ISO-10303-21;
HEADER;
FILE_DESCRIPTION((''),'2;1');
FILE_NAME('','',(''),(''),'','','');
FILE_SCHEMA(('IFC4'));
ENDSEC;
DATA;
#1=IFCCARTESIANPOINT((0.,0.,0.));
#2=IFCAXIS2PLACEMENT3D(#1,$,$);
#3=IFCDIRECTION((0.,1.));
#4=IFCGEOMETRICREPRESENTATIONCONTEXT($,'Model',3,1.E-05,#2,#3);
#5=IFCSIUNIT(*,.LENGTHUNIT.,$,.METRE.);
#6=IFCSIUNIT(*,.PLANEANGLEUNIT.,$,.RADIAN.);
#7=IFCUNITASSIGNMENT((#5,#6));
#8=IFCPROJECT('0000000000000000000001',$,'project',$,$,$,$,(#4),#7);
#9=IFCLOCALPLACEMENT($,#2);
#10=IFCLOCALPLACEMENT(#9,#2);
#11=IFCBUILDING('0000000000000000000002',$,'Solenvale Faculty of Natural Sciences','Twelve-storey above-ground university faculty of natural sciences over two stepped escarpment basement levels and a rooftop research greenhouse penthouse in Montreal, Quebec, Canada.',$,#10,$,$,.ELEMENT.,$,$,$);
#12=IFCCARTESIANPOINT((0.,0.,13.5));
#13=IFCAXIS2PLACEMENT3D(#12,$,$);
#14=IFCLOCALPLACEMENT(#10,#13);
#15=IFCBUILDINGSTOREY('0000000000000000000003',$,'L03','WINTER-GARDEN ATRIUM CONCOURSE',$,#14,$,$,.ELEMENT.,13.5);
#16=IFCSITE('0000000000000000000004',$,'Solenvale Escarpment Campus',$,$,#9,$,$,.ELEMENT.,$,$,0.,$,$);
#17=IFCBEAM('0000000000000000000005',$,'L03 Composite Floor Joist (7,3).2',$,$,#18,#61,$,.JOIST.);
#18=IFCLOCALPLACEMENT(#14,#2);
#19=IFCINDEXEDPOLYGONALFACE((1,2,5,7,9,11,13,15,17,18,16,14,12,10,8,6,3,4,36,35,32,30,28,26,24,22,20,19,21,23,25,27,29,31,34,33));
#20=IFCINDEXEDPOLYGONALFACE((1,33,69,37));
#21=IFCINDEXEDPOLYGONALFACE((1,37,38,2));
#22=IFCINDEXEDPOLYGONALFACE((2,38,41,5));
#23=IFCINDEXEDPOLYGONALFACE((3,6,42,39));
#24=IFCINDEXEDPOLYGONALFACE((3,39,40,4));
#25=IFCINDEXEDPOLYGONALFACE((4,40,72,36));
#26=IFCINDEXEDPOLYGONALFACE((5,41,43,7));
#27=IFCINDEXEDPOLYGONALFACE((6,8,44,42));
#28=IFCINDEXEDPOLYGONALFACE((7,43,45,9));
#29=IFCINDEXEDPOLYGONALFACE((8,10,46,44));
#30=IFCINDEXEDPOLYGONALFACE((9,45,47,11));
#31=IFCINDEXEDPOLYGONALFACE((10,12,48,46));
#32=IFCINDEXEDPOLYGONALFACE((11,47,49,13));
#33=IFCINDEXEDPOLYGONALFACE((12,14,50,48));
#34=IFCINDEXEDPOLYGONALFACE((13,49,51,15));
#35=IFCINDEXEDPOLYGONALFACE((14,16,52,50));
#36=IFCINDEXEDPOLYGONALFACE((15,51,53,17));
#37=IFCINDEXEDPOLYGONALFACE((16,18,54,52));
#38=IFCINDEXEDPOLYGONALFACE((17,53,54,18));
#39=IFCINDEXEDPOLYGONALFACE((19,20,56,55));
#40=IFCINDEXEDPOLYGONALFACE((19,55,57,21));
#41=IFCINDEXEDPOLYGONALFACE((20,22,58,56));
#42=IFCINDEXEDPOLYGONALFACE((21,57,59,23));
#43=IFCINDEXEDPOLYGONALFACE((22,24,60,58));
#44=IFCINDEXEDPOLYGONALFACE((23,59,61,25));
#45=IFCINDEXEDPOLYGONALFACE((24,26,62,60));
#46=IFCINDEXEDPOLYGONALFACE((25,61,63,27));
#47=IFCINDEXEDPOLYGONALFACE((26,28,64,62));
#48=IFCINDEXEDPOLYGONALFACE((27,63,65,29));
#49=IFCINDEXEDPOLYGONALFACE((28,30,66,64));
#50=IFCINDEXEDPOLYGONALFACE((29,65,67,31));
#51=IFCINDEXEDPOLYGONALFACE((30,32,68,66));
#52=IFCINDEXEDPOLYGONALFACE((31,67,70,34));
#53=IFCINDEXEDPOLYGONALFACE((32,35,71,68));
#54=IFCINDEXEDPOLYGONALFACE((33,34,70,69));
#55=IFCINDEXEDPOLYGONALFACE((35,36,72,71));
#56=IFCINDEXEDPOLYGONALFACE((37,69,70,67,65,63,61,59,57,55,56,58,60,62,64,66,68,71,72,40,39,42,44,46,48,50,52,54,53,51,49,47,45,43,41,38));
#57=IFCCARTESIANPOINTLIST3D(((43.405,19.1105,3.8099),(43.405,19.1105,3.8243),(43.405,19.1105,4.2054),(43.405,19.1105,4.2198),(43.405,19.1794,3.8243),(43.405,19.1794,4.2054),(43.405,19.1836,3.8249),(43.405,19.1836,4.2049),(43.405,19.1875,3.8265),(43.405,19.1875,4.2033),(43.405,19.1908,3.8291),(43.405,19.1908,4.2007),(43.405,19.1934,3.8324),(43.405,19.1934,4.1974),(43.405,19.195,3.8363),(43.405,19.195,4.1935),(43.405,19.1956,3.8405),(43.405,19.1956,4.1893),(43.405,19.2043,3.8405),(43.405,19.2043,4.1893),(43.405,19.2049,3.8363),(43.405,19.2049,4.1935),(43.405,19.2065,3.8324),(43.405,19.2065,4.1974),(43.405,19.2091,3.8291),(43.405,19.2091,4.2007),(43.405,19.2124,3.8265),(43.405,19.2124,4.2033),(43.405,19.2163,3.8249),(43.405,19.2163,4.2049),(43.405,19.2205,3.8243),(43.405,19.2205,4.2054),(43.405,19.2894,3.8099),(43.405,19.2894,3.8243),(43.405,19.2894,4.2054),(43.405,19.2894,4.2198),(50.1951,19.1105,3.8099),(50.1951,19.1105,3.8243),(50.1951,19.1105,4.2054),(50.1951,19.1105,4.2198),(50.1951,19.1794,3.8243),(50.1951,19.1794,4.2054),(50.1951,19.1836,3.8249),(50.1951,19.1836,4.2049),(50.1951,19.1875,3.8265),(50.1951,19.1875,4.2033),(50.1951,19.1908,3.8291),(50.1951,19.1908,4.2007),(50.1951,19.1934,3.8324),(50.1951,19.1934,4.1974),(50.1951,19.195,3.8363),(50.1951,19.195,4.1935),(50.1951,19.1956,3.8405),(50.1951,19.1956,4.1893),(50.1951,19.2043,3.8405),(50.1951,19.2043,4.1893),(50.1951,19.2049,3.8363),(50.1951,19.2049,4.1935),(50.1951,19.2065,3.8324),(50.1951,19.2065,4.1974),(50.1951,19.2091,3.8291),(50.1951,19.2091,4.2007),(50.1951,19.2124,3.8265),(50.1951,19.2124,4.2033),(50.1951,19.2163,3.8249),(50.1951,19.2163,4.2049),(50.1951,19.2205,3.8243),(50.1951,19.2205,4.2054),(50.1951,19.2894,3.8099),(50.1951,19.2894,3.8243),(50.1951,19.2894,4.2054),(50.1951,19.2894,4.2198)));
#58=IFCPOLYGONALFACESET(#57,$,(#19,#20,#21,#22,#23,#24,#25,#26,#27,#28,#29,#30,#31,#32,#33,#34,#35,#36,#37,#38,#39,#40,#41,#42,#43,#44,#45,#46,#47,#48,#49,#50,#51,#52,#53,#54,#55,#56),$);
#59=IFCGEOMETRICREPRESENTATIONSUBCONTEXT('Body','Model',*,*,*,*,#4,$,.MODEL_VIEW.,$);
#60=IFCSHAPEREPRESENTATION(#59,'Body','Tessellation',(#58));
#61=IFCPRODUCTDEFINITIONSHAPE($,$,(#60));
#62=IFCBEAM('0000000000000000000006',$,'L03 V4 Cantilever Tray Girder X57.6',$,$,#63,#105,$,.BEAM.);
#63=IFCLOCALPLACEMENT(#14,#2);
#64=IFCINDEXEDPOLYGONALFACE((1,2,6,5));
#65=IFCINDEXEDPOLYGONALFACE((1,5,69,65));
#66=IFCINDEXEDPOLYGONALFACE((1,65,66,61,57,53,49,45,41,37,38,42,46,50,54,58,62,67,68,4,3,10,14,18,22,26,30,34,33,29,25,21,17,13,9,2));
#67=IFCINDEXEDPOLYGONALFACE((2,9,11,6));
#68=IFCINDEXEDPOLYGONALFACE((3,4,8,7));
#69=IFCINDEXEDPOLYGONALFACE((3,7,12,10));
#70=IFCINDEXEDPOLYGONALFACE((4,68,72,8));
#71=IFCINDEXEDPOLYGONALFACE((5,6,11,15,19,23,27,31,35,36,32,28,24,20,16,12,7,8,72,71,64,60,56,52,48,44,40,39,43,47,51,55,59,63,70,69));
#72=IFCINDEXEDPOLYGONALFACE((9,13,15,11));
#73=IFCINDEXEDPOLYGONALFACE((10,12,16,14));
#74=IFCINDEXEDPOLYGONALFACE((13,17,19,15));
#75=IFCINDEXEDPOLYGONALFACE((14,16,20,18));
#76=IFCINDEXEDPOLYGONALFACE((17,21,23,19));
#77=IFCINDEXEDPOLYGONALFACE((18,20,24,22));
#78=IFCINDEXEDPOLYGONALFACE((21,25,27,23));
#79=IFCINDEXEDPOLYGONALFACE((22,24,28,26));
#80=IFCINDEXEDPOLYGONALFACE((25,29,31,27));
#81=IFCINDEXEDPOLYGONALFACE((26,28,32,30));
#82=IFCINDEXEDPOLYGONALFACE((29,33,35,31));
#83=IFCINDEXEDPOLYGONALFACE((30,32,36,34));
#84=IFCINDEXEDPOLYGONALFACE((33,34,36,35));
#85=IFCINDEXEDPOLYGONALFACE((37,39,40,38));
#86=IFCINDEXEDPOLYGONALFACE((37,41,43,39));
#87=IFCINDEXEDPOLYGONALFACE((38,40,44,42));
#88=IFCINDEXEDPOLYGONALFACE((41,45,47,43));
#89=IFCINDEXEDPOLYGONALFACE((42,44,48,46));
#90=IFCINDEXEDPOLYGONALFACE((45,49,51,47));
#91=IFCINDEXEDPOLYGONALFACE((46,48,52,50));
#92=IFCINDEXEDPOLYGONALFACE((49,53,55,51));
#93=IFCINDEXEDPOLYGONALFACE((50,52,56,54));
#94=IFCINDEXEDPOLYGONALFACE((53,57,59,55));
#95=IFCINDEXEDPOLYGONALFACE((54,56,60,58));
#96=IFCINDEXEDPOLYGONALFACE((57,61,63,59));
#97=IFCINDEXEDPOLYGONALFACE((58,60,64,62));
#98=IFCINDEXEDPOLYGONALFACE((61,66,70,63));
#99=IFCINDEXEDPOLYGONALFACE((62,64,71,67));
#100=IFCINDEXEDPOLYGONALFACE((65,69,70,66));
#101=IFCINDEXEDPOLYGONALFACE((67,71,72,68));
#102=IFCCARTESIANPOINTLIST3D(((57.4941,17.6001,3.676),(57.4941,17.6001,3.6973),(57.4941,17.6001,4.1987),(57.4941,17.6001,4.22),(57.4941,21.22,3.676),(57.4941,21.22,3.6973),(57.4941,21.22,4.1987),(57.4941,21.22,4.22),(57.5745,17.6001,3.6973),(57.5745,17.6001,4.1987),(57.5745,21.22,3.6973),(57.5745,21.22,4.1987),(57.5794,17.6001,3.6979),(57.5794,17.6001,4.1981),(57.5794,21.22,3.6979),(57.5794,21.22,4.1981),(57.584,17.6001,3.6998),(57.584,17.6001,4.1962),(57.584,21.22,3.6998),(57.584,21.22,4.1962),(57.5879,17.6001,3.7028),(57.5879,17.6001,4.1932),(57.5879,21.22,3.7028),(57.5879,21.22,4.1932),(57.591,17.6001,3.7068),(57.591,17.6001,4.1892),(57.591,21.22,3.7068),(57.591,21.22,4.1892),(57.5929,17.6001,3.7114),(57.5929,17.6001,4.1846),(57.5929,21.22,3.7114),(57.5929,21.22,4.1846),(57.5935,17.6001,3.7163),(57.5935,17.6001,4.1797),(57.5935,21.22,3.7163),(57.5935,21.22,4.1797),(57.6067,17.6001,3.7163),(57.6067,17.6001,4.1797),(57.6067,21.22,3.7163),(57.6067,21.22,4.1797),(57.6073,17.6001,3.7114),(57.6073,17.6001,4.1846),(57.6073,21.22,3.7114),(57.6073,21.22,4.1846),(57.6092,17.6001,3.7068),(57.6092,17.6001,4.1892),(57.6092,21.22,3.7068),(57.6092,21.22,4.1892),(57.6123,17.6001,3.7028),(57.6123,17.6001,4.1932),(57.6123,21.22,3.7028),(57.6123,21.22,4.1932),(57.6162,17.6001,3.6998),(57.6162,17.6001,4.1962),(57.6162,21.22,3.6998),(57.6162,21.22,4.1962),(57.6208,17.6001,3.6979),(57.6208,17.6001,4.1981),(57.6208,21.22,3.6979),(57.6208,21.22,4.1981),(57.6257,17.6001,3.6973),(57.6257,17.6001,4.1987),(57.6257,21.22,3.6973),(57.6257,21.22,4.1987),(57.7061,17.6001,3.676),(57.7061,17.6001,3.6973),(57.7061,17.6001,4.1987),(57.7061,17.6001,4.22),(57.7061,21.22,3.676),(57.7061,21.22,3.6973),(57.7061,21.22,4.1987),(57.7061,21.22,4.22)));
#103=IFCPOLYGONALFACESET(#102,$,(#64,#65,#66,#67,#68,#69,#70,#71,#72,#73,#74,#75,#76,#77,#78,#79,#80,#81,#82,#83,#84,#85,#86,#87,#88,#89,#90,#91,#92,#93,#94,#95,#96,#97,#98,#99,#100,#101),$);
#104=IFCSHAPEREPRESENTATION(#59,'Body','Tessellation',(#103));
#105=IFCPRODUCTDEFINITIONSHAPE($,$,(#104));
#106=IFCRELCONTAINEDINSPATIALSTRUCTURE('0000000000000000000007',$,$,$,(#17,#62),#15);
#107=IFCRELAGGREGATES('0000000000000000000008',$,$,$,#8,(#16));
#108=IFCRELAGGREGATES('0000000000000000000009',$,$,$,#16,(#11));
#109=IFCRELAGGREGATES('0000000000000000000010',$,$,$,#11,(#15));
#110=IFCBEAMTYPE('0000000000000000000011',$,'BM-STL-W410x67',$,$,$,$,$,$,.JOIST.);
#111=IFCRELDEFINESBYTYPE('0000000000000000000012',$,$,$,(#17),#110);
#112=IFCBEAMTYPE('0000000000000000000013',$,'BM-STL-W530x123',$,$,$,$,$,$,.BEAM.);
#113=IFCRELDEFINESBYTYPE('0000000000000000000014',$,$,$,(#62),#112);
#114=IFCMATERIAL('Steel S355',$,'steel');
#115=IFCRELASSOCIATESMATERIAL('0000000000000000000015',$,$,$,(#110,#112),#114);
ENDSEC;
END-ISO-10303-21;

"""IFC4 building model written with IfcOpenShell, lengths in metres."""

from ifc_helpers import new_model, si_unit, direction, frame, origin, origin_2d, place, context, subcontext, project, spatial, i_section, extrude, material, material_profile, profile_set, type_object, element, save


model = new_model("IFC4")

# Units and contexts
model_context = context("Model", 3, precision=1e-05, world=origin(), true_north=direction((0.0, 1.0)))
body_context = subcontext(model_context, "Body", "Model", "MODEL_VIEW")
ifc_project = project(units=[si_unit("LENGTHUNIT", "METRE"), si_unit("PLANEANGLEUNIT", "RADIAN")], contexts=[model_context])

# Site, building, storey
site_placement = place(None, origin())
site = spatial("IfcSite", under=ifc_project, at=site_placement, Name="Solenvale Escarpment Campus", CompositionType="ELEMENT", RefElevation=0.0)
building_placement = place(site_placement, origin())
building = spatial("IfcBuilding", under=site, at=building_placement, Name="Solenvale Faculty of Natural Sciences", Description="Twelve-storey above-ground university faculty of natural sciences over two stepped escarpment basement levels and a rooftop research greenhouse penthouse in Montreal, Quebec, Canada.", CompositionType="ELEMENT")
storey_placement = place(building_placement, frame((0.0, 0.0, 13.5)))
storey = spatial("IfcBuildingStorey", under=building, at=storey_placement, Name="L03", Description="WINTER-GARDEN ATRIUM CONCOURSE", CompositionType="ELEMENT", Elevation=13.5)

# Beams
ifc_material_1 = material(Name="Steel S355", Category="steel")
ifc_material_profile_1 = material_profile(ifc_material_1, i_section(OverallWidth=0.179, OverallDepth=0.4099, WebThickness=0.0088, FlangeThickness=0.0144, FilletRadius=0.0161, at=origin_2d()), Name="W410x67")
ifc_profile_set_1 = profile_set([ifc_material_profile_1], Name="Steel S355")
beam_type_1 = type_object("IfcBeamType", Name="BM-STL-W410x67", PredefinedType="JOIST", material=ifc_profile_set_1)
beam_1_placement = place(storey_placement, frame((43.405, 19.2, 4.0149), z_axis=(1.0, 0.0, 0.0), x_axis=(0.0, 1.0, 0.0)))
element("IfcBeam", 1, at=beam_1_placement, inside=storey, type_object=beam_type_1, Name="L03 Composite Floor Joist (7,3).2", PredefinedType="JOIST", context=body_context, shape_type="SweptSolid", body=[
    extrude(i_section(OverallWidth=0.179, OverallDepth=0.4099, WebThickness=0.0088, FlangeThickness=0.0144, FilletRadius=0.0161, at=origin_2d()), origin(), (0.0, 0.0, 1.0), 6.79),
])
ifc_material_profile_2 = material_profile(ifc_material_1, i_section(OverallWidth=0.2119, OverallDepth=0.5439, WebThickness=0.0132, FlangeThickness=0.0212, FilletRadius=0.019, at=origin_2d()), Name="W530x123")
ifc_profile_set_2 = profile_set([ifc_material_profile_2], Name="Steel S355")
beam_type_2 = type_object("IfcBeamType", Name="BM-STL-W530x123", PredefinedType="BEAM", material=ifc_profile_set_2)
beam_2_placement = place(storey_placement, frame((57.6001, 21.22, 3.948), z_axis=(0.0, -1.0, 0.0), x_axis=(1.0, 0.0, 0.0)))
element("IfcBeam", 2, at=beam_2_placement, inside=storey, type_object=beam_type_2, Name="L03 V4 Cantilever Tray Girder X57.6", PredefinedType="BEAM", context=body_context, shape_type="SweptSolid", body=[
    extrude(i_section(OverallWidth=0.2119, OverallDepth=0.5439, WebThickness=0.0132, FlangeThickness=0.0212, FilletRadius=0.019, at=origin_2d()), origin(), (0.0, 0.0, 1.0), 3.6199),
])

save(model, "model.ifc")
